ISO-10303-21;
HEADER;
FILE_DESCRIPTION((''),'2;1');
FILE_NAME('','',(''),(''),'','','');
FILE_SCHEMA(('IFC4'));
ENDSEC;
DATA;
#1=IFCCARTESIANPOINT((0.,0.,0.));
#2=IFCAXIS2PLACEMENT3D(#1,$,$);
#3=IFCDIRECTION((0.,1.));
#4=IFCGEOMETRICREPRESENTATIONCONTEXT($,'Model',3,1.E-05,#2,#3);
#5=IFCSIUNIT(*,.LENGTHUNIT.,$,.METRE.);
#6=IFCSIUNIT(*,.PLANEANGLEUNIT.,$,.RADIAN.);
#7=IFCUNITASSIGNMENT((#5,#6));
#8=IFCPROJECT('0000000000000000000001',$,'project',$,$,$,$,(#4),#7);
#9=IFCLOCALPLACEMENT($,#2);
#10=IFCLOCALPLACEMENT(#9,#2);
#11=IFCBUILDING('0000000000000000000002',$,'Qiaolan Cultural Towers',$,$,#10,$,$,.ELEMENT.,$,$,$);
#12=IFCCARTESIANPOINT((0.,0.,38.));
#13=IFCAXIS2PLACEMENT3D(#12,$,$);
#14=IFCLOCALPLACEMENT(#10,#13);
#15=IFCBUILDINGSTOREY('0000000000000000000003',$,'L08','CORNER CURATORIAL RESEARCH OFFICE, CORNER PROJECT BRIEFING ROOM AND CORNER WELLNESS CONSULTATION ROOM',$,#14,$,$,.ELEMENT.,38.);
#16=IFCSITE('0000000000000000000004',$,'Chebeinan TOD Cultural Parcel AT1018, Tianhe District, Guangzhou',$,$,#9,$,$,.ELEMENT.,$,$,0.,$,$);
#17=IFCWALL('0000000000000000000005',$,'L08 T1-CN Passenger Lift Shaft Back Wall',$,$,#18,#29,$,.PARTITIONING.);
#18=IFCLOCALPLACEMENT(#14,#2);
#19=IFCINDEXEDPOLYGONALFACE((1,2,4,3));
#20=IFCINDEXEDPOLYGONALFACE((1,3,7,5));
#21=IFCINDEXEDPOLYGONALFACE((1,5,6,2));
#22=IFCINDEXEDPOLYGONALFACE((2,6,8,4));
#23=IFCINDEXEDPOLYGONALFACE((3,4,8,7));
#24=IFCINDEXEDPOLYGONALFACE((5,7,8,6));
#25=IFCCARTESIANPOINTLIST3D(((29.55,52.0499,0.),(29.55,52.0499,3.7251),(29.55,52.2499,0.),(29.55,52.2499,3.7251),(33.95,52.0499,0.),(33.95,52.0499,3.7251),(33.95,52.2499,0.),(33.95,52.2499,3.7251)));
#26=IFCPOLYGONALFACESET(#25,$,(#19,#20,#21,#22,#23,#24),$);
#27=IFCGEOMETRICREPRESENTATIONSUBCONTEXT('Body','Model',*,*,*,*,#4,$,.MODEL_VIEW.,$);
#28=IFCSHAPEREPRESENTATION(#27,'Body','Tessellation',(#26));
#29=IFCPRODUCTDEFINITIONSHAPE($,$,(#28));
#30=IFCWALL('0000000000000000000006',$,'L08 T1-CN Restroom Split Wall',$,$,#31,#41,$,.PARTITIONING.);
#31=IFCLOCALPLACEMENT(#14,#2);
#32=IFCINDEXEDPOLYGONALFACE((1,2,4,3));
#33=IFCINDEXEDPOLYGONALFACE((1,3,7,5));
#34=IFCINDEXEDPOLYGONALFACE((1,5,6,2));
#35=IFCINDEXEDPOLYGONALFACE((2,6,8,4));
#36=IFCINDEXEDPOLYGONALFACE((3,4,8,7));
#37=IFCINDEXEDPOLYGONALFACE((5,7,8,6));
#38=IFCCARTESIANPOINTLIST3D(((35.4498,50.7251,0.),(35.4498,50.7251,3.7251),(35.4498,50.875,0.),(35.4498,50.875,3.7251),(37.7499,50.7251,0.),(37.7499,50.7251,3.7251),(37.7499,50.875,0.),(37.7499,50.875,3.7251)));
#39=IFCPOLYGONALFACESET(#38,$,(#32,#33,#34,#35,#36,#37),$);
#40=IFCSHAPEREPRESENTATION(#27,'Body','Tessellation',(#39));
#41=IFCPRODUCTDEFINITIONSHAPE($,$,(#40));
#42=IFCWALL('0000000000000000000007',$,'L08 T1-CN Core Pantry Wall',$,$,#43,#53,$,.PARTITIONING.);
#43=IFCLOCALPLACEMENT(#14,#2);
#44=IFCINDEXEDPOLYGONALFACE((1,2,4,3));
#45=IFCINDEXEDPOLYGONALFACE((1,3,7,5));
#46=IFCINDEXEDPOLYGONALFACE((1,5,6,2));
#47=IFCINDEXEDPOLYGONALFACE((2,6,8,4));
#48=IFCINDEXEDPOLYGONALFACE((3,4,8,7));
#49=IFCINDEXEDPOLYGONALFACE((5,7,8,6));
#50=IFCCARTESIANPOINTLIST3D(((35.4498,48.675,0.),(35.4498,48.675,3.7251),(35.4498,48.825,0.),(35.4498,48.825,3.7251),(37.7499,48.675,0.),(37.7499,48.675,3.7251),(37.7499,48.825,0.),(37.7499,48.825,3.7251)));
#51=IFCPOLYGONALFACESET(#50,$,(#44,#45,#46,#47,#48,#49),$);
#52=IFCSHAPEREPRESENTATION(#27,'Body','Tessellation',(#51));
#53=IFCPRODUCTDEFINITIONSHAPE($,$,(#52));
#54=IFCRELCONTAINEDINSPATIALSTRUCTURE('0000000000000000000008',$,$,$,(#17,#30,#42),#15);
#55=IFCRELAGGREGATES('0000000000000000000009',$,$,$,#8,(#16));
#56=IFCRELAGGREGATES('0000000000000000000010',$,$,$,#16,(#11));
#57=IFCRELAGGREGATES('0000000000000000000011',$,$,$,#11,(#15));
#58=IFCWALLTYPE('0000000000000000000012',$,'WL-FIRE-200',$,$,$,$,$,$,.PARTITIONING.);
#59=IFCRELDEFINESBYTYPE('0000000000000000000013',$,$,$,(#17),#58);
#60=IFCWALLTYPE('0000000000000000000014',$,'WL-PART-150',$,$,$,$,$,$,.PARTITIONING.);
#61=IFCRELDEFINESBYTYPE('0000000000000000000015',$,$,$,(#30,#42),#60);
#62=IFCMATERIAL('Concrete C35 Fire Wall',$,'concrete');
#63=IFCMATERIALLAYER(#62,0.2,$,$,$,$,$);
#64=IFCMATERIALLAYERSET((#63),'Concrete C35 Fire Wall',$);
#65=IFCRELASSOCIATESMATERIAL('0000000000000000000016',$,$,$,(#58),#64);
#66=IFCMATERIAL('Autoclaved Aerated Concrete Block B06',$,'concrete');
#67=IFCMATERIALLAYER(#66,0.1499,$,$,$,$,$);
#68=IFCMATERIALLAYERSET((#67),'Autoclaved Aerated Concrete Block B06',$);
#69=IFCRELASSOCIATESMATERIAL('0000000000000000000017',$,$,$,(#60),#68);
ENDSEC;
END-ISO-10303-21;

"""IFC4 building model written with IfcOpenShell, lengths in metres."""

from ifc_helpers import new_model, si_unit, direction, frame, frame_2d, origin, place, context, subcontext, project, spatial, rectangle, extrude, material, layer, layer_set, type_object, element, save


model = new_model("IFC4")

# Units and contexts
model_context = context("Model", 3, precision=1e-05, world=origin(), true_north=direction((0.0, 1.0)))
body_context = subcontext(model_context, "Body", "Model", "MODEL_VIEW")
ifc_project = project(units=[si_unit("LENGTHUNIT", "METRE"), si_unit("PLANEANGLEUNIT", "RADIAN")], contexts=[model_context])

# Site, building, storey
site_placement = place(None, origin())
site = spatial("IfcSite", under=ifc_project, at=site_placement, Name="Chebeinan TOD Cultural Parcel AT1018, Tianhe District, Guangzhou", CompositionType="ELEMENT", RefElevation=0.0)
building_placement = place(site_placement, origin())
building = spatial("IfcBuilding", under=site, at=building_placement, Name="Qiaolan Cultural Towers", CompositionType="ELEMENT")
storey_placement = place(building_placement, frame((0.0, 0.0, 38.0)))
storey = spatial("IfcBuildingStorey", under=building, at=storey_placement, Name="L08", Description="CORNER CURATORIAL RESEARCH OFFICE, CORNER PROJECT BRIEFING ROOM AND CORNER WELLNESS CONSULTATION ROOM", CompositionType="ELEMENT", Elevation=38.0)

# Shared definitions
ifc_material_1 = material(Name="Concrete C35 Fire Wall", Category="concrete")
ifc_layer_1 = layer(ifc_material_1, 0.2)
ifc_layer_set_1 = layer_set([ifc_layer_1], Name="Concrete C35 Fire Wall")
wall_type_1 = type_object("IfcWallType", Name="WL-FIRE-200", PredefinedType="PARTITIONING", material=ifc_layer_set_1)

# Walls
wall_1_placement = place(storey_placement, frame((29.55, 52.1499, 0.0), z_axis=(0.0, 0.0, 1.0), x_axis=(1.0, 0.0, 0.0)))
element("IfcWall", 1, at=wall_1_placement, inside=storey, type_object=wall_type_1, Name="L08 T1-CN Passenger Lift Shaft Back Wall", PredefinedType="PARTITIONING", context=body_context, shape_type="SweptSolid", body=[
    extrude(rectangle(XDim=4.3999, YDim=0.2, at=frame_2d((2.2, 0.0))), origin(), (0.0, 0.0, 1.0), 3.7251),
])
ifc_material_2 = material(Name="Autoclaved Aerated Concrete Block B06", Category="concrete")
ifc_layer_2 = layer(ifc_material_2, 0.1499)
ifc_layer_set_2 = layer_set([ifc_layer_2], Name="Autoclaved Aerated Concrete Block B06")
wall_type_2 = type_object("IfcWallType", Name="WL-PART-150", PredefinedType="PARTITIONING", material=ifc_layer_set_2)
for number, where, z_axis, x_axis, name in (
    (2, (35.45, 50.8, 0.0), (0.0, 0.0, 1.0), (1.0, 0.0, 0.0), "L08 T1-CN Restroom Split Wall"),
    (3, (35.45, 48.75, 0.0), (0.0, 0.0, 1.0), (1.0, 0.0, 0.0), "L08 T1-CN Core Pantry Wall"),
):
    element("IfcWall", number, at=place(storey_placement, frame(where, z_axis=z_axis, x_axis=x_axis)), inside=storey, type_object=wall_type_2, Name=name, PredefinedType="PARTITIONING", context=body_context, shape_type="SweptSolid", body=[
        extrude(rectangle(XDim=2.3, YDim=0.1499, at=frame_2d((1.1499, 0.0))), origin(), (0.0, 0.0, 1.0), 3.7251),
    ])

save(model, "model.ifc")
